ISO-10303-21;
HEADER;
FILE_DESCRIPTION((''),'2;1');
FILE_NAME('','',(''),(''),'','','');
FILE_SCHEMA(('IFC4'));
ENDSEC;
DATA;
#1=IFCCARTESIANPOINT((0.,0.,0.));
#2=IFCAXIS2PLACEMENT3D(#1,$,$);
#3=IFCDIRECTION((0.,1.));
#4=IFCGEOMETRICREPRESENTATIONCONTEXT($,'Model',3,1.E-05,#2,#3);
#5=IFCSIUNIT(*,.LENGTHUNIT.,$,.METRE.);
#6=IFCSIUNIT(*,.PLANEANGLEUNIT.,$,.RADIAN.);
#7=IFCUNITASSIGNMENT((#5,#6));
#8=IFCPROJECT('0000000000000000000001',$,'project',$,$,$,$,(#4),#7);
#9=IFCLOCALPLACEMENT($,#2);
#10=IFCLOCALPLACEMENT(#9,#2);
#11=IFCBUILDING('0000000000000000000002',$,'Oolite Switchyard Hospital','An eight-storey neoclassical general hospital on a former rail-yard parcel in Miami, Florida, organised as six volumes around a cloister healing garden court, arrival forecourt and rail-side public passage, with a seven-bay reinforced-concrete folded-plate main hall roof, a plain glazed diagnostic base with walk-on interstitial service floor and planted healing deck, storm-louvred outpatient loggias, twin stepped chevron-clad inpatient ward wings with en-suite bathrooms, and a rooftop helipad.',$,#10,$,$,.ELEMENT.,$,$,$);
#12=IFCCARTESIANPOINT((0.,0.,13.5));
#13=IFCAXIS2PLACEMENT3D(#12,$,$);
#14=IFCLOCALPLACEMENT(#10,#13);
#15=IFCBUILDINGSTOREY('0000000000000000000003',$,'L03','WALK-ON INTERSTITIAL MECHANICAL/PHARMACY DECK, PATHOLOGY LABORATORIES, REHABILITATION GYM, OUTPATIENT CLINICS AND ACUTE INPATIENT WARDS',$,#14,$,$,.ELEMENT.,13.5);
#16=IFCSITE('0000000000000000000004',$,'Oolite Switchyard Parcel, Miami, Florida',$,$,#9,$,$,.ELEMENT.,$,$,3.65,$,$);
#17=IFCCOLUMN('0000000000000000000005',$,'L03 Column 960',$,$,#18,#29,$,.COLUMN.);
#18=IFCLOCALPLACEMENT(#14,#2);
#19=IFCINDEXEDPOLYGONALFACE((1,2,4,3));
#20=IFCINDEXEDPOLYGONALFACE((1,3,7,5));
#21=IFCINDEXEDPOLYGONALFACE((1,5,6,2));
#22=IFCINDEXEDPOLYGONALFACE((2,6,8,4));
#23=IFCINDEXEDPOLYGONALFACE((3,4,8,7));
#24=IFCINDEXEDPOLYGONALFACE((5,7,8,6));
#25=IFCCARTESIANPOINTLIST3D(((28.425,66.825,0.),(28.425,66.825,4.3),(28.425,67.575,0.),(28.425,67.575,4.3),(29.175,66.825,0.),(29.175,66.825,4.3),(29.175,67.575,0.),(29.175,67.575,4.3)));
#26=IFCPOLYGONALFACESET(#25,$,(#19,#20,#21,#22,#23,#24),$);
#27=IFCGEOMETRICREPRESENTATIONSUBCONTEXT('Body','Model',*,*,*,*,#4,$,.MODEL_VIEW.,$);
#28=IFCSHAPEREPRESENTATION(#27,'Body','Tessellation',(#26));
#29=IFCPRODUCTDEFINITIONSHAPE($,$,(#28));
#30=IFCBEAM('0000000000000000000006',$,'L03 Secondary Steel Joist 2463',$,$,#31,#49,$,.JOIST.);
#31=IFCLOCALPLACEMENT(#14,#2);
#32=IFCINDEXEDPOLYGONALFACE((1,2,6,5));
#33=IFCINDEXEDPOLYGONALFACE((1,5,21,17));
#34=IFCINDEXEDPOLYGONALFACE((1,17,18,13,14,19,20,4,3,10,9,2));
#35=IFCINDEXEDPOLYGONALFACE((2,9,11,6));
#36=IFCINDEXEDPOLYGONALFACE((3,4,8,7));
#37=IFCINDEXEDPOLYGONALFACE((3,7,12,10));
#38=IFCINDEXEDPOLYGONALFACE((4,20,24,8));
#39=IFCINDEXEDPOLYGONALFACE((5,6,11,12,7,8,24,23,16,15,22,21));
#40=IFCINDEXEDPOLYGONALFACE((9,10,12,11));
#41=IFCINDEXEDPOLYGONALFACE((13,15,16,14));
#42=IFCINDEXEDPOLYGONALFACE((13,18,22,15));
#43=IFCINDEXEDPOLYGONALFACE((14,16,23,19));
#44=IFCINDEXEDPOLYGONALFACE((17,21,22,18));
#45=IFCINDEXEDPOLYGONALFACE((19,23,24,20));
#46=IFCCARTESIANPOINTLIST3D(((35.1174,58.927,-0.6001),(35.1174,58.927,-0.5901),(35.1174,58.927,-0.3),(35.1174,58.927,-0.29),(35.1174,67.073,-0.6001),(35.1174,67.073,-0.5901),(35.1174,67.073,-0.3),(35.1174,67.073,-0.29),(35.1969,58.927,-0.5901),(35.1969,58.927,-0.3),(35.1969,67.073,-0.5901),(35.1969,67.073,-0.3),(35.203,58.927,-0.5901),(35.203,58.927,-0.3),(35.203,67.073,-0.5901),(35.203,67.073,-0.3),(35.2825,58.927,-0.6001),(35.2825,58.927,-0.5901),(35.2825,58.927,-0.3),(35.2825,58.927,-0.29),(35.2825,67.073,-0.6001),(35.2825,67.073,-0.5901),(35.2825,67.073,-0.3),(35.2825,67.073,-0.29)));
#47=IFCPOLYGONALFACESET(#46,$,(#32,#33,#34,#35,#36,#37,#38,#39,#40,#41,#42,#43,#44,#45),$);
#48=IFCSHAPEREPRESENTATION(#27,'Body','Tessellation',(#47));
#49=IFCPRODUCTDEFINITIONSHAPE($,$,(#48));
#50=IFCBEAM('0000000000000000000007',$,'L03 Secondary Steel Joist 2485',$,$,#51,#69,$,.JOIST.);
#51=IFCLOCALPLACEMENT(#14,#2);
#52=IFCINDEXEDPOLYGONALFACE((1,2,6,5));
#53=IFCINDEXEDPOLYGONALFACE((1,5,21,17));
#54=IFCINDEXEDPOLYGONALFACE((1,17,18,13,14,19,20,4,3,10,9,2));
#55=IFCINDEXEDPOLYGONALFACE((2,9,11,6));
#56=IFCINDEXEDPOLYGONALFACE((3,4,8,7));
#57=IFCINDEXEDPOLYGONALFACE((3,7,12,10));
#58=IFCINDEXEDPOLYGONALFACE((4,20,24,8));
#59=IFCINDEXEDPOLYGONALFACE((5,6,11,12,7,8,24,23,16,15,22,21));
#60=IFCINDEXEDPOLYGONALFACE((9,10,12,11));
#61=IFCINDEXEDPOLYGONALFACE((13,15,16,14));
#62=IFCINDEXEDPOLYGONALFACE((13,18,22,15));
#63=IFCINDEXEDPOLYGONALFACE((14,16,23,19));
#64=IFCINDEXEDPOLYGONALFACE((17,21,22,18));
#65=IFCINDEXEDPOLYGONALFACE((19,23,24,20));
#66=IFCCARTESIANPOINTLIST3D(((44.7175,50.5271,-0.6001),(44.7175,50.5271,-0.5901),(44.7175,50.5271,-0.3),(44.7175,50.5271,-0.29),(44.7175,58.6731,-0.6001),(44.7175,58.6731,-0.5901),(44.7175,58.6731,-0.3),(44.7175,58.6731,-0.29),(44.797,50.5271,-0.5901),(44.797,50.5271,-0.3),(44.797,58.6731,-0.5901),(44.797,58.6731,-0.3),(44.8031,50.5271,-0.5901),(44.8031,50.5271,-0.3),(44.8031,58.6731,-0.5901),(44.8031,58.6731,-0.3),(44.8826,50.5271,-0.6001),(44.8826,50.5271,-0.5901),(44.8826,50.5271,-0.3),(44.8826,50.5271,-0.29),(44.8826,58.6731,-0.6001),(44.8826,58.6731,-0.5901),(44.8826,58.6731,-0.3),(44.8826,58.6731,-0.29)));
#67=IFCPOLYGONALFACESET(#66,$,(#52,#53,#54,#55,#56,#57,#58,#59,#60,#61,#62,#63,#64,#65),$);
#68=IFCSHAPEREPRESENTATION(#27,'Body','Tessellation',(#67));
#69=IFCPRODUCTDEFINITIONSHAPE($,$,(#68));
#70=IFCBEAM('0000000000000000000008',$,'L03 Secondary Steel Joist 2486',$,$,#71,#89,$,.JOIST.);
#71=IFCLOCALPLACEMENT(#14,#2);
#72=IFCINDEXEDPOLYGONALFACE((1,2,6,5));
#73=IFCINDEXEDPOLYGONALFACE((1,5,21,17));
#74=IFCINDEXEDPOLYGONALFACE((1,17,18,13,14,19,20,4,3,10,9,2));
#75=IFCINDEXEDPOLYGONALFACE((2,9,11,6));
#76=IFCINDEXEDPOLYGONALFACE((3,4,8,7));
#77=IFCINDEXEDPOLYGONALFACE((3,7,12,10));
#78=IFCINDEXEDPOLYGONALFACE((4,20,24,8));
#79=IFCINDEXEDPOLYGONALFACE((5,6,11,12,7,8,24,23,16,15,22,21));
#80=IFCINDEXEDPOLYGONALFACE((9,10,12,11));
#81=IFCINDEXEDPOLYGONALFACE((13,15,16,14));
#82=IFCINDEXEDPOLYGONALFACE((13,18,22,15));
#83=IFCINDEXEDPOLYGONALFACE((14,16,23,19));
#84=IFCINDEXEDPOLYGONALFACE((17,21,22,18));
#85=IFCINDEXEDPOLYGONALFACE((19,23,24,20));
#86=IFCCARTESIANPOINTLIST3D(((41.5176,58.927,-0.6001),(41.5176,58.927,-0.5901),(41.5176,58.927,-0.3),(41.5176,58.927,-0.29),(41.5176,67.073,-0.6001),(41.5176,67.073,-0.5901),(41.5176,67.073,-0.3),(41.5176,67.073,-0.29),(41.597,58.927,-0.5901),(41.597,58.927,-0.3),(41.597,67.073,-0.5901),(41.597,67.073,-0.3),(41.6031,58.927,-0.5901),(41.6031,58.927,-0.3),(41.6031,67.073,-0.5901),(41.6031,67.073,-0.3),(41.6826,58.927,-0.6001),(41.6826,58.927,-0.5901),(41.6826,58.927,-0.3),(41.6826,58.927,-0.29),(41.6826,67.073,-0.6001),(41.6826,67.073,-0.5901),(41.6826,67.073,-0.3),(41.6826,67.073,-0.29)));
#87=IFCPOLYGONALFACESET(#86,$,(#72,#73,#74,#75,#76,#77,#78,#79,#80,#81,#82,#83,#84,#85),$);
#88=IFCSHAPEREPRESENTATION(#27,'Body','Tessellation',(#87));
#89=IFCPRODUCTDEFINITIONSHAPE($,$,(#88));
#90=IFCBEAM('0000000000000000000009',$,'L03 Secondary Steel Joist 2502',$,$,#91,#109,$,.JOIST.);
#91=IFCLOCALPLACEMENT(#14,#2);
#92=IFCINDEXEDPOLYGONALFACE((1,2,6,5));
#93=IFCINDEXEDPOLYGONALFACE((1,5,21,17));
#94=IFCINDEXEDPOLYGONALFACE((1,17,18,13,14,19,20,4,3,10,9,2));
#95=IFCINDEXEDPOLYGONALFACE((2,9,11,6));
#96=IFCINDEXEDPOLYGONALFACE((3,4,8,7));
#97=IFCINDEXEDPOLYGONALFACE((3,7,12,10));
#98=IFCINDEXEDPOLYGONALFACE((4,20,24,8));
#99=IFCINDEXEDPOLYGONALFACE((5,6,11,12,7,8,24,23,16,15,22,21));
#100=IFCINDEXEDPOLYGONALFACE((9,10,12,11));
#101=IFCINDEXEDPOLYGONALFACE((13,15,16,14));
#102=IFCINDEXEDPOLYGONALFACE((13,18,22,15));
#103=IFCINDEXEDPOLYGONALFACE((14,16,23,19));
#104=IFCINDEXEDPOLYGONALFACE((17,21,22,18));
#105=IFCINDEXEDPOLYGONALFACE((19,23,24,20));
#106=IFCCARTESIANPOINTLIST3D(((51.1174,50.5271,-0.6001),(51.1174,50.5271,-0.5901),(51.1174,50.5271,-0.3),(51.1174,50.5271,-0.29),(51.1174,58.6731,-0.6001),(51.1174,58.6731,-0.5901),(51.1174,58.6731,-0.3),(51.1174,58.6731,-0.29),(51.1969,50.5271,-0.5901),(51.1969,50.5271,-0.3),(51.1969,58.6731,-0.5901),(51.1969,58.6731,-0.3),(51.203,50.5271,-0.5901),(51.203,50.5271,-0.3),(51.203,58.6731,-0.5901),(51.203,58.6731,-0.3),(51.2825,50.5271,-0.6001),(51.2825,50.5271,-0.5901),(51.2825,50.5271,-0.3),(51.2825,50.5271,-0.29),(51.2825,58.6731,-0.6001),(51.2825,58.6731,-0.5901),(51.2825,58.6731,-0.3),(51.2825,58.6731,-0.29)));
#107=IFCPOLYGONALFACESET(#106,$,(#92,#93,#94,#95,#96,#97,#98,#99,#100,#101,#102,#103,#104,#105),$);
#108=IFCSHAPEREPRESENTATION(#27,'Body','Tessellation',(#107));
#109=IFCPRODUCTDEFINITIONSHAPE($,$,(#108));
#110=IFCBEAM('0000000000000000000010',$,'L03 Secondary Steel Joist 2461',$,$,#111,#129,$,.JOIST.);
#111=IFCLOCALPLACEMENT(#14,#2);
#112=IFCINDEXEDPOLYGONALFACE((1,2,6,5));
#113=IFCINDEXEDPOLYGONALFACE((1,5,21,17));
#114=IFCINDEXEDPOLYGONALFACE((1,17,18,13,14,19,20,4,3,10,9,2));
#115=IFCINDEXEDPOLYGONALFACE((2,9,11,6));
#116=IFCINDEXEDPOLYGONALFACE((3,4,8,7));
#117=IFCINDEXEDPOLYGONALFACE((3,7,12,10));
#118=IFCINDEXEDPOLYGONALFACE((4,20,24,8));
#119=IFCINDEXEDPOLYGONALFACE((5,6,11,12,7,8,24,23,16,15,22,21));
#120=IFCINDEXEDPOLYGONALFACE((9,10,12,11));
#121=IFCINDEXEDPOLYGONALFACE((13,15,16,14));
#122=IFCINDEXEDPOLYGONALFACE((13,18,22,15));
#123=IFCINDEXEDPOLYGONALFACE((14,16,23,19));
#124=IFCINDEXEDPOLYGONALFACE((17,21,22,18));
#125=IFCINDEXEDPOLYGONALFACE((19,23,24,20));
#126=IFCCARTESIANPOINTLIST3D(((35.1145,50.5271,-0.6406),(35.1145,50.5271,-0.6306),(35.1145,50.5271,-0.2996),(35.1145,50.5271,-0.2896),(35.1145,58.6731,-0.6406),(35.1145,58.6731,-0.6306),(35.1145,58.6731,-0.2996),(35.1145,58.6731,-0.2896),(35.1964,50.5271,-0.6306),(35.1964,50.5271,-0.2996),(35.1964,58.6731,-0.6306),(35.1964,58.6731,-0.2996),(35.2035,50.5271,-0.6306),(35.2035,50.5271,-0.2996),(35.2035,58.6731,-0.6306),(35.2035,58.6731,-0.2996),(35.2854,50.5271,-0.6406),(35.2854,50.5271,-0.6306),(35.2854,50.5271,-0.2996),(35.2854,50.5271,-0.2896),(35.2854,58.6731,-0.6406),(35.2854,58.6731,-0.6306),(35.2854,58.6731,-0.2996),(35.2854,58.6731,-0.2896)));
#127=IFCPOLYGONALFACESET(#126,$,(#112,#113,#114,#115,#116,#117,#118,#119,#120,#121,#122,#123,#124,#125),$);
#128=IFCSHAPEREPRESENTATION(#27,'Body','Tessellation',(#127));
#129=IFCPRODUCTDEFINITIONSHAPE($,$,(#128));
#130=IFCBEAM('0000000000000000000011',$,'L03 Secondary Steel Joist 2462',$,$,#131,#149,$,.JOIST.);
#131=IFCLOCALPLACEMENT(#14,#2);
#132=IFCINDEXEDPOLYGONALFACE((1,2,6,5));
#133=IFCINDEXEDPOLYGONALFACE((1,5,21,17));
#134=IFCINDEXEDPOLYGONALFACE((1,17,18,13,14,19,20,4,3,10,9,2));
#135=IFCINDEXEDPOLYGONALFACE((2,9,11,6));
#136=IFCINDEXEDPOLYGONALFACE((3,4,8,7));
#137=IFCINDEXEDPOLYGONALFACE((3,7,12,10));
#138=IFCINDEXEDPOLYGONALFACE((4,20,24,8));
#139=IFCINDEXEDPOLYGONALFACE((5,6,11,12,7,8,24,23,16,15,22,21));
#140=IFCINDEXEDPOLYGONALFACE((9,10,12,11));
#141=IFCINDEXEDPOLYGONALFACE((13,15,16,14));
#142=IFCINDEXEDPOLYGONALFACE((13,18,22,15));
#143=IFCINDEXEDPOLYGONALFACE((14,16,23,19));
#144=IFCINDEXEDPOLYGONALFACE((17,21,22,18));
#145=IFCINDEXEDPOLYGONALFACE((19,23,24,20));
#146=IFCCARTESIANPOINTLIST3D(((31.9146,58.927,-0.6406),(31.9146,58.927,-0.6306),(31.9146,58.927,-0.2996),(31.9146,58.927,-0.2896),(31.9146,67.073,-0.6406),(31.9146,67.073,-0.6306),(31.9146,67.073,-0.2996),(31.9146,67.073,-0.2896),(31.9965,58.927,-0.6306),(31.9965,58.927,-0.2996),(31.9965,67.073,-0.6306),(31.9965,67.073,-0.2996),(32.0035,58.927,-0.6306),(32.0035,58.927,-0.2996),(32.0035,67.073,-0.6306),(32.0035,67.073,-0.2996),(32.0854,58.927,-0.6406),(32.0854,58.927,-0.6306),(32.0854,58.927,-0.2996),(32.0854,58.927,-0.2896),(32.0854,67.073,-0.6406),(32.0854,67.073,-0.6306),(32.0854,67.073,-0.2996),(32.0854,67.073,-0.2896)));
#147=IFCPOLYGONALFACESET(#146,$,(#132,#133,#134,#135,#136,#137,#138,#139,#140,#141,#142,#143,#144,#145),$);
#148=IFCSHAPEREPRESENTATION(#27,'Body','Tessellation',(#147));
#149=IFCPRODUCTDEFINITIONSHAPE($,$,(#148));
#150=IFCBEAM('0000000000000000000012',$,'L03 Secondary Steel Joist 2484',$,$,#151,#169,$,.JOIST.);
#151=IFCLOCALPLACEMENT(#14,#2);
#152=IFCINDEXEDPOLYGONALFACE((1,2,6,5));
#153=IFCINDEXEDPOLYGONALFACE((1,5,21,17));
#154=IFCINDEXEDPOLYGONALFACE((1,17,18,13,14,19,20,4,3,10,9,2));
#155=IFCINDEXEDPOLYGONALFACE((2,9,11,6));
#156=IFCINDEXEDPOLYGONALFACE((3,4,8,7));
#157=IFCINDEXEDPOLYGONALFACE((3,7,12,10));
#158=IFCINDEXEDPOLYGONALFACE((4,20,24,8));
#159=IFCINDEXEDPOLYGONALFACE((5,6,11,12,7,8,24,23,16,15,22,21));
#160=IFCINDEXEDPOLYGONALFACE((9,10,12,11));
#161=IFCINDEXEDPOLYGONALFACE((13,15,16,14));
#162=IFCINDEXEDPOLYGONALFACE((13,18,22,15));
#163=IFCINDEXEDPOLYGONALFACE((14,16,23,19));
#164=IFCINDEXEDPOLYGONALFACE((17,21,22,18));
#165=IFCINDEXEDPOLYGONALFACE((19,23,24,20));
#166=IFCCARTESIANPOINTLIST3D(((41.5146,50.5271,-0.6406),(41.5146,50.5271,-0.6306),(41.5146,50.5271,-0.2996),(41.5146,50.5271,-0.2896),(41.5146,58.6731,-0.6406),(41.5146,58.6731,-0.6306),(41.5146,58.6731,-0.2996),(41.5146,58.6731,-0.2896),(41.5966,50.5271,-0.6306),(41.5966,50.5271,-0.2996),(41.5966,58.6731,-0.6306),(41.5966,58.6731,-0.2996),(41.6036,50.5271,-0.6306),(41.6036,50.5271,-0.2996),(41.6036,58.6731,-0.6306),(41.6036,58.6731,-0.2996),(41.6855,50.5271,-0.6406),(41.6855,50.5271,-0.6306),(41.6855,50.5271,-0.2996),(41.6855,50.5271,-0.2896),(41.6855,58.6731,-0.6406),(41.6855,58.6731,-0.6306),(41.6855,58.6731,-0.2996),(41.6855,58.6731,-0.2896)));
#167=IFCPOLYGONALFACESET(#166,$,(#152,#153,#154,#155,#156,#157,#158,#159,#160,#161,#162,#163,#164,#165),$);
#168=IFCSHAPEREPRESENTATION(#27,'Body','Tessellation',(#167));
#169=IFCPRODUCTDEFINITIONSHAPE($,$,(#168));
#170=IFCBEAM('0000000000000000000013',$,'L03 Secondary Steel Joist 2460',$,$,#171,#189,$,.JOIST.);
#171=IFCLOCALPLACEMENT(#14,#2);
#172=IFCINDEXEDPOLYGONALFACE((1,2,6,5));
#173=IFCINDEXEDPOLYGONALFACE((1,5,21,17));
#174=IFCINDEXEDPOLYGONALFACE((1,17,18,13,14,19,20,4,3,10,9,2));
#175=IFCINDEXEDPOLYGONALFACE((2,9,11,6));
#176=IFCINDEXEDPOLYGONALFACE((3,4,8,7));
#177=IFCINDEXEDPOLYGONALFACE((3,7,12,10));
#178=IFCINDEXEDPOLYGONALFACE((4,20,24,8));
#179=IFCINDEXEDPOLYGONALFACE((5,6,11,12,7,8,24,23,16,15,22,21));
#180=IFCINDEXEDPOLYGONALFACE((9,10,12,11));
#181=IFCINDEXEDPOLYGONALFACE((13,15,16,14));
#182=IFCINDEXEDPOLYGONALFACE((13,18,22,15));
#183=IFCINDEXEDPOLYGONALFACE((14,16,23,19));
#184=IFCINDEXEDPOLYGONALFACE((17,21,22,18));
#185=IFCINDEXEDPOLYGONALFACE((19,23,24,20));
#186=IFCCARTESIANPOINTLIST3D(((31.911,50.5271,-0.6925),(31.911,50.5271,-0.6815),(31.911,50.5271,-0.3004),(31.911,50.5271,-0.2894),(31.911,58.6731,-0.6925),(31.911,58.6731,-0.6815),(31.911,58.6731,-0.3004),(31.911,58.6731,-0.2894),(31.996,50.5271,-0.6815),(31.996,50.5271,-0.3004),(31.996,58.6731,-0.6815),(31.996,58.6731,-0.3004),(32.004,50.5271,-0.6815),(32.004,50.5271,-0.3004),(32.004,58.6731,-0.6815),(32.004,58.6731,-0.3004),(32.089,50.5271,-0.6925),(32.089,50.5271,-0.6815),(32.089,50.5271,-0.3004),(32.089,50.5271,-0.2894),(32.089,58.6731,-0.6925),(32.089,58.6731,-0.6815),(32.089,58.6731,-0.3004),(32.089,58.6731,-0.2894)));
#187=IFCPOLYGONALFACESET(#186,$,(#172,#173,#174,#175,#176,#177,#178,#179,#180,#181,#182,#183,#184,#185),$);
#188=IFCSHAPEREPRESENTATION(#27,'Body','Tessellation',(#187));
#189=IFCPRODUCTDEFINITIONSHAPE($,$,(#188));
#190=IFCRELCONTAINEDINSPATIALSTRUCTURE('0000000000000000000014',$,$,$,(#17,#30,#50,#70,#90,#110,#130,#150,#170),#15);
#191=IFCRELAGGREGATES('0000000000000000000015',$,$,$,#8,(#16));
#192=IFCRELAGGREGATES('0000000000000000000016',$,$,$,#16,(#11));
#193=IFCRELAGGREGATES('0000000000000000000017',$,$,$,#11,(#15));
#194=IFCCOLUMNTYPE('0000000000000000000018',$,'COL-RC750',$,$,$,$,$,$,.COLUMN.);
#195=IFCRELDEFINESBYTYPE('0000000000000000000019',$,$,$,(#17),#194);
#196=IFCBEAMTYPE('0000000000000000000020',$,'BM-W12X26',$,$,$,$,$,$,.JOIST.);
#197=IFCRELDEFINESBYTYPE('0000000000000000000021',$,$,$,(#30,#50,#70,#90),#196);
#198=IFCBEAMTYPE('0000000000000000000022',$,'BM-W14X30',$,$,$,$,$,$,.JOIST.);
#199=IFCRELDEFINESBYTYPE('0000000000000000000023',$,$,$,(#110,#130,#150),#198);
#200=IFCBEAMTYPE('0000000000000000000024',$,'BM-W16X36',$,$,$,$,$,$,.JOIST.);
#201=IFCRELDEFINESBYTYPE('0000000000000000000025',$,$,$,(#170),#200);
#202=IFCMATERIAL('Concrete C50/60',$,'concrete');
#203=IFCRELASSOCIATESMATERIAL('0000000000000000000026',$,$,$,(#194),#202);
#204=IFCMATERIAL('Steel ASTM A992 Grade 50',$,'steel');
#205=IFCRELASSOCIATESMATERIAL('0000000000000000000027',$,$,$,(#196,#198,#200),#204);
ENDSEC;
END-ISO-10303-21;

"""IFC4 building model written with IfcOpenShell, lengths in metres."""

from ifc_helpers import new_model, si_unit, direction, frame, origin, origin_2d, place, context, subcontext, project, spatial, rectangle, i_section, extrude, material, material_profile, profile_set, type_object, element, save


model = new_model("IFC4")

# Units and contexts
model_context = context("Model", 3, precision=1e-05, world=origin(), true_north=direction((0.0, 1.0)))
body_context = subcontext(model_context, "Body", "Model", "MODEL_VIEW")
ifc_project = project(units=[si_unit("LENGTHUNIT", "METRE"), si_unit("PLANEANGLEUNIT", "RADIAN")], contexts=[model_context])

# Site, building, storey
site_placement = place(None, origin())
site = spatial("IfcSite", under=ifc_project, at=site_placement, Name="Oolite Switchyard Parcel, Miami, Florida", CompositionType="ELEMENT", RefElevation=3.65)
building_placement = place(site_placement, origin())
building = spatial("IfcBuilding", under=site, at=building_placement, Name="Oolite Switchyard Hospital", Description="An eight-storey neoclassical general hospital on a former rail-yard parcel in Miami, Florida, organised as six volumes around a cloister healing garden court, arrival forecourt and rail-side public passage, with a seven-bay reinforced-concrete folded-plate main hall roof, a plain glazed diagnostic base with walk-on interstitial service floor and planted healing deck, storm-louvred outpatient loggias, twin stepped chevron-clad inpatient ward wings with en-suite bathrooms, and a rooftop helipad.", CompositionType="ELEMENT")
storey_placement = place(building_placement, frame((0.0, 0.0, 13.5)))
storey = spatial("IfcBuildingStorey", under=building, at=storey_placement, Name="L03", Description="WALK-ON INTERSTITIAL MECHANICAL/PHARMACY DECK, PATHOLOGY LABORATORIES, REHABILITATION GYM, OUTPATIENT CLINICS AND ACUTE INPATIENT WARDS", CompositionType="ELEMENT", Elevation=13.5)

# Column
ifc_material_1 = material(Name="Concrete C50/60", Category="concrete")
ifc_material_profile_1 = material_profile(ifc_material_1, rectangle(XDim=0.75, YDim=0.75, at=origin_2d()), Name="RC750X750")
ifc_profile_set_1 = profile_set([ifc_material_profile_1], Name="Concrete C50/60")
column_type = type_object("IfcColumnType", Name="COL-RC750", PredefinedType="COLUMN", material=ifc_profile_set_1)
column_placement = place(storey_placement, frame((28.8, 67.2, 0.0), z_axis=(0.0, 0.0, 1.0), x_axis=(1.0, 0.0, 0.0)))
element("IfcColumn", 1, at=column_placement, inside=storey, type_object=column_type, Name="L03 Column 960", PredefinedType="COLUMN", context=body_context, shape_type="SweptSolid", body=[
    extrude(rectangle(XDim=0.75, YDim=0.75, at=origin_2d()), origin(), (0.0, 0.0, 1.0), 4.3),
])

# Beams
ifc_material_2 = material(Name="Steel ASTM A992 Grade 50", Category="steel")
ifc_material_profile_2 = material_profile(ifc_material_2, i_section(OverallWidth=0.165, OverallDepth=0.3101, WebThickness=0.0061, FlangeThickness=0.01, at=origin_2d()), Name="W12X26")
ifc_profile_set_2 = profile_set([ifc_material_profile_2], Name="Steel ASTM A992 Grade 50")
beam_type_1 = type_object("IfcBeamType", Name="BM-W12X26", PredefinedType="JOIST", material=ifc_profile_set_2)
for number, where, z_axis, x_axis, name in (
    (2, (35.2, 58.927, -0.4451), (0.0, 1.0, 0.0), (-1.0, 0.0, 0.0), "L03 Secondary Steel Joist 2463"),
    (3, (44.8, 50.5271, -0.4451), (0.0, 1.0, 0.0), (-1.0, 0.0, 0.0), "L03 Secondary Steel Joist 2485"),
    (4, (41.6001, 58.927, -0.4451), (0.0, 1.0, 0.0), (-1.0, 0.0, 0.0), "L03 Secondary Steel Joist 2486"),
    (5, (51.2, 50.5271, -0.4451), (0.0, 1.0, 0.0), (-1.0, 0.0, 0.0), "L03 Secondary Steel Joist 2502"),
):
    element("IfcBeam", number, at=place(storey_placement, frame(where, z_axis=z_axis, x_axis=x_axis)), inside=storey, type_object=beam_type_1, Name=name, PredefinedType="JOIST", context=body_context, shape_type="SweptSolid", body=[
        extrude(i_section(OverallWidth=0.165, OverallDepth=0.3101, WebThickness=0.0061, FlangeThickness=0.01, at=origin_2d()), origin(), (0.0, 0.0, 1.0), 8.146),
    ])
ifc_material_profile_3 = material_profile(ifc_material_2, i_section(OverallWidth=0.1709, OverallDepth=0.3511, WebThickness=0.0071, FlangeThickness=0.01, at=origin_2d()), Name="W14X30")
ifc_profile_set_3 = profile_set([ifc_material_profile_3], Name="Steel ASTM A992 Grade 50")
beam_type_2 = type_object("IfcBeamType", Name="BM-W14X30", PredefinedType="JOIST", material=ifc_profile_set_3)
for number, where, z_axis, x_axis, name in (
    (6, (35.2, 50.5271, -0.4651), (0.0, 1.0, 0.0), (-1.0, 0.0, 0.0), "L03 Secondary Steel Joist 2461"),
    (7, (32.0, 58.927, -0.4651), (0.0, 1.0, 0.0), (-1.0, 0.0, 0.0), "L03 Secondary Steel Joist 2462"),
    (8, (41.6001, 50.5271, -0.4651), (0.0, 1.0, 0.0), (-1.0, 0.0, 0.0), "L03 Secondary Steel Joist 2484"),
):
    element("IfcBeam", number, at=place(storey_placement, frame(where, z_axis=z_axis, x_axis=x_axis)), inside=storey, type_object=beam_type_2, Name=name, PredefinedType="JOIST", context=body_context, shape_type="SweptSolid", body=[
        extrude(i_section(OverallWidth=0.1709, OverallDepth=0.3511, WebThickness=0.0071, FlangeThickness=0.01, at=origin_2d()), origin(), (0.0, 0.0, 1.0), 8.146),
    ])
ifc_material_profile_4 = material_profile(ifc_material_2, i_section(OverallWidth=0.178, OverallDepth=0.4031, WebThickness=0.0081, FlangeThickness=0.011, at=origin_2d()), Name="W16X36")
ifc_profile_set_4 = profile_set([ifc_material_profile_4], Name="Steel ASTM A992 Grade 50")
beam_type_3 = type_object("IfcBeamType", Name="BM-W16X36", PredefinedType="JOIST", material=ifc_profile_set_4)
beam_1_placement = place(storey_placement, frame((32.0, 50.5271, -0.491), z_axis=(0.0, 1.0, 0.0), x_axis=(-1.0, 0.0, 0.0)))
element("IfcBeam", 9, at=beam_1_placement, inside=storey, type_object=beam_type_3, Name="L03 Secondary Steel Joist 2460", PredefinedType="JOIST", context=body_context, shape_type="SweptSolid", body=[
    extrude(i_section(OverallWidth=0.178, OverallDepth=0.4031, WebThickness=0.0081, FlangeThickness=0.011, at=origin_2d()), origin(), (0.0, 0.0, 1.0), 8.146),
])

save(model, "model.ifc")
